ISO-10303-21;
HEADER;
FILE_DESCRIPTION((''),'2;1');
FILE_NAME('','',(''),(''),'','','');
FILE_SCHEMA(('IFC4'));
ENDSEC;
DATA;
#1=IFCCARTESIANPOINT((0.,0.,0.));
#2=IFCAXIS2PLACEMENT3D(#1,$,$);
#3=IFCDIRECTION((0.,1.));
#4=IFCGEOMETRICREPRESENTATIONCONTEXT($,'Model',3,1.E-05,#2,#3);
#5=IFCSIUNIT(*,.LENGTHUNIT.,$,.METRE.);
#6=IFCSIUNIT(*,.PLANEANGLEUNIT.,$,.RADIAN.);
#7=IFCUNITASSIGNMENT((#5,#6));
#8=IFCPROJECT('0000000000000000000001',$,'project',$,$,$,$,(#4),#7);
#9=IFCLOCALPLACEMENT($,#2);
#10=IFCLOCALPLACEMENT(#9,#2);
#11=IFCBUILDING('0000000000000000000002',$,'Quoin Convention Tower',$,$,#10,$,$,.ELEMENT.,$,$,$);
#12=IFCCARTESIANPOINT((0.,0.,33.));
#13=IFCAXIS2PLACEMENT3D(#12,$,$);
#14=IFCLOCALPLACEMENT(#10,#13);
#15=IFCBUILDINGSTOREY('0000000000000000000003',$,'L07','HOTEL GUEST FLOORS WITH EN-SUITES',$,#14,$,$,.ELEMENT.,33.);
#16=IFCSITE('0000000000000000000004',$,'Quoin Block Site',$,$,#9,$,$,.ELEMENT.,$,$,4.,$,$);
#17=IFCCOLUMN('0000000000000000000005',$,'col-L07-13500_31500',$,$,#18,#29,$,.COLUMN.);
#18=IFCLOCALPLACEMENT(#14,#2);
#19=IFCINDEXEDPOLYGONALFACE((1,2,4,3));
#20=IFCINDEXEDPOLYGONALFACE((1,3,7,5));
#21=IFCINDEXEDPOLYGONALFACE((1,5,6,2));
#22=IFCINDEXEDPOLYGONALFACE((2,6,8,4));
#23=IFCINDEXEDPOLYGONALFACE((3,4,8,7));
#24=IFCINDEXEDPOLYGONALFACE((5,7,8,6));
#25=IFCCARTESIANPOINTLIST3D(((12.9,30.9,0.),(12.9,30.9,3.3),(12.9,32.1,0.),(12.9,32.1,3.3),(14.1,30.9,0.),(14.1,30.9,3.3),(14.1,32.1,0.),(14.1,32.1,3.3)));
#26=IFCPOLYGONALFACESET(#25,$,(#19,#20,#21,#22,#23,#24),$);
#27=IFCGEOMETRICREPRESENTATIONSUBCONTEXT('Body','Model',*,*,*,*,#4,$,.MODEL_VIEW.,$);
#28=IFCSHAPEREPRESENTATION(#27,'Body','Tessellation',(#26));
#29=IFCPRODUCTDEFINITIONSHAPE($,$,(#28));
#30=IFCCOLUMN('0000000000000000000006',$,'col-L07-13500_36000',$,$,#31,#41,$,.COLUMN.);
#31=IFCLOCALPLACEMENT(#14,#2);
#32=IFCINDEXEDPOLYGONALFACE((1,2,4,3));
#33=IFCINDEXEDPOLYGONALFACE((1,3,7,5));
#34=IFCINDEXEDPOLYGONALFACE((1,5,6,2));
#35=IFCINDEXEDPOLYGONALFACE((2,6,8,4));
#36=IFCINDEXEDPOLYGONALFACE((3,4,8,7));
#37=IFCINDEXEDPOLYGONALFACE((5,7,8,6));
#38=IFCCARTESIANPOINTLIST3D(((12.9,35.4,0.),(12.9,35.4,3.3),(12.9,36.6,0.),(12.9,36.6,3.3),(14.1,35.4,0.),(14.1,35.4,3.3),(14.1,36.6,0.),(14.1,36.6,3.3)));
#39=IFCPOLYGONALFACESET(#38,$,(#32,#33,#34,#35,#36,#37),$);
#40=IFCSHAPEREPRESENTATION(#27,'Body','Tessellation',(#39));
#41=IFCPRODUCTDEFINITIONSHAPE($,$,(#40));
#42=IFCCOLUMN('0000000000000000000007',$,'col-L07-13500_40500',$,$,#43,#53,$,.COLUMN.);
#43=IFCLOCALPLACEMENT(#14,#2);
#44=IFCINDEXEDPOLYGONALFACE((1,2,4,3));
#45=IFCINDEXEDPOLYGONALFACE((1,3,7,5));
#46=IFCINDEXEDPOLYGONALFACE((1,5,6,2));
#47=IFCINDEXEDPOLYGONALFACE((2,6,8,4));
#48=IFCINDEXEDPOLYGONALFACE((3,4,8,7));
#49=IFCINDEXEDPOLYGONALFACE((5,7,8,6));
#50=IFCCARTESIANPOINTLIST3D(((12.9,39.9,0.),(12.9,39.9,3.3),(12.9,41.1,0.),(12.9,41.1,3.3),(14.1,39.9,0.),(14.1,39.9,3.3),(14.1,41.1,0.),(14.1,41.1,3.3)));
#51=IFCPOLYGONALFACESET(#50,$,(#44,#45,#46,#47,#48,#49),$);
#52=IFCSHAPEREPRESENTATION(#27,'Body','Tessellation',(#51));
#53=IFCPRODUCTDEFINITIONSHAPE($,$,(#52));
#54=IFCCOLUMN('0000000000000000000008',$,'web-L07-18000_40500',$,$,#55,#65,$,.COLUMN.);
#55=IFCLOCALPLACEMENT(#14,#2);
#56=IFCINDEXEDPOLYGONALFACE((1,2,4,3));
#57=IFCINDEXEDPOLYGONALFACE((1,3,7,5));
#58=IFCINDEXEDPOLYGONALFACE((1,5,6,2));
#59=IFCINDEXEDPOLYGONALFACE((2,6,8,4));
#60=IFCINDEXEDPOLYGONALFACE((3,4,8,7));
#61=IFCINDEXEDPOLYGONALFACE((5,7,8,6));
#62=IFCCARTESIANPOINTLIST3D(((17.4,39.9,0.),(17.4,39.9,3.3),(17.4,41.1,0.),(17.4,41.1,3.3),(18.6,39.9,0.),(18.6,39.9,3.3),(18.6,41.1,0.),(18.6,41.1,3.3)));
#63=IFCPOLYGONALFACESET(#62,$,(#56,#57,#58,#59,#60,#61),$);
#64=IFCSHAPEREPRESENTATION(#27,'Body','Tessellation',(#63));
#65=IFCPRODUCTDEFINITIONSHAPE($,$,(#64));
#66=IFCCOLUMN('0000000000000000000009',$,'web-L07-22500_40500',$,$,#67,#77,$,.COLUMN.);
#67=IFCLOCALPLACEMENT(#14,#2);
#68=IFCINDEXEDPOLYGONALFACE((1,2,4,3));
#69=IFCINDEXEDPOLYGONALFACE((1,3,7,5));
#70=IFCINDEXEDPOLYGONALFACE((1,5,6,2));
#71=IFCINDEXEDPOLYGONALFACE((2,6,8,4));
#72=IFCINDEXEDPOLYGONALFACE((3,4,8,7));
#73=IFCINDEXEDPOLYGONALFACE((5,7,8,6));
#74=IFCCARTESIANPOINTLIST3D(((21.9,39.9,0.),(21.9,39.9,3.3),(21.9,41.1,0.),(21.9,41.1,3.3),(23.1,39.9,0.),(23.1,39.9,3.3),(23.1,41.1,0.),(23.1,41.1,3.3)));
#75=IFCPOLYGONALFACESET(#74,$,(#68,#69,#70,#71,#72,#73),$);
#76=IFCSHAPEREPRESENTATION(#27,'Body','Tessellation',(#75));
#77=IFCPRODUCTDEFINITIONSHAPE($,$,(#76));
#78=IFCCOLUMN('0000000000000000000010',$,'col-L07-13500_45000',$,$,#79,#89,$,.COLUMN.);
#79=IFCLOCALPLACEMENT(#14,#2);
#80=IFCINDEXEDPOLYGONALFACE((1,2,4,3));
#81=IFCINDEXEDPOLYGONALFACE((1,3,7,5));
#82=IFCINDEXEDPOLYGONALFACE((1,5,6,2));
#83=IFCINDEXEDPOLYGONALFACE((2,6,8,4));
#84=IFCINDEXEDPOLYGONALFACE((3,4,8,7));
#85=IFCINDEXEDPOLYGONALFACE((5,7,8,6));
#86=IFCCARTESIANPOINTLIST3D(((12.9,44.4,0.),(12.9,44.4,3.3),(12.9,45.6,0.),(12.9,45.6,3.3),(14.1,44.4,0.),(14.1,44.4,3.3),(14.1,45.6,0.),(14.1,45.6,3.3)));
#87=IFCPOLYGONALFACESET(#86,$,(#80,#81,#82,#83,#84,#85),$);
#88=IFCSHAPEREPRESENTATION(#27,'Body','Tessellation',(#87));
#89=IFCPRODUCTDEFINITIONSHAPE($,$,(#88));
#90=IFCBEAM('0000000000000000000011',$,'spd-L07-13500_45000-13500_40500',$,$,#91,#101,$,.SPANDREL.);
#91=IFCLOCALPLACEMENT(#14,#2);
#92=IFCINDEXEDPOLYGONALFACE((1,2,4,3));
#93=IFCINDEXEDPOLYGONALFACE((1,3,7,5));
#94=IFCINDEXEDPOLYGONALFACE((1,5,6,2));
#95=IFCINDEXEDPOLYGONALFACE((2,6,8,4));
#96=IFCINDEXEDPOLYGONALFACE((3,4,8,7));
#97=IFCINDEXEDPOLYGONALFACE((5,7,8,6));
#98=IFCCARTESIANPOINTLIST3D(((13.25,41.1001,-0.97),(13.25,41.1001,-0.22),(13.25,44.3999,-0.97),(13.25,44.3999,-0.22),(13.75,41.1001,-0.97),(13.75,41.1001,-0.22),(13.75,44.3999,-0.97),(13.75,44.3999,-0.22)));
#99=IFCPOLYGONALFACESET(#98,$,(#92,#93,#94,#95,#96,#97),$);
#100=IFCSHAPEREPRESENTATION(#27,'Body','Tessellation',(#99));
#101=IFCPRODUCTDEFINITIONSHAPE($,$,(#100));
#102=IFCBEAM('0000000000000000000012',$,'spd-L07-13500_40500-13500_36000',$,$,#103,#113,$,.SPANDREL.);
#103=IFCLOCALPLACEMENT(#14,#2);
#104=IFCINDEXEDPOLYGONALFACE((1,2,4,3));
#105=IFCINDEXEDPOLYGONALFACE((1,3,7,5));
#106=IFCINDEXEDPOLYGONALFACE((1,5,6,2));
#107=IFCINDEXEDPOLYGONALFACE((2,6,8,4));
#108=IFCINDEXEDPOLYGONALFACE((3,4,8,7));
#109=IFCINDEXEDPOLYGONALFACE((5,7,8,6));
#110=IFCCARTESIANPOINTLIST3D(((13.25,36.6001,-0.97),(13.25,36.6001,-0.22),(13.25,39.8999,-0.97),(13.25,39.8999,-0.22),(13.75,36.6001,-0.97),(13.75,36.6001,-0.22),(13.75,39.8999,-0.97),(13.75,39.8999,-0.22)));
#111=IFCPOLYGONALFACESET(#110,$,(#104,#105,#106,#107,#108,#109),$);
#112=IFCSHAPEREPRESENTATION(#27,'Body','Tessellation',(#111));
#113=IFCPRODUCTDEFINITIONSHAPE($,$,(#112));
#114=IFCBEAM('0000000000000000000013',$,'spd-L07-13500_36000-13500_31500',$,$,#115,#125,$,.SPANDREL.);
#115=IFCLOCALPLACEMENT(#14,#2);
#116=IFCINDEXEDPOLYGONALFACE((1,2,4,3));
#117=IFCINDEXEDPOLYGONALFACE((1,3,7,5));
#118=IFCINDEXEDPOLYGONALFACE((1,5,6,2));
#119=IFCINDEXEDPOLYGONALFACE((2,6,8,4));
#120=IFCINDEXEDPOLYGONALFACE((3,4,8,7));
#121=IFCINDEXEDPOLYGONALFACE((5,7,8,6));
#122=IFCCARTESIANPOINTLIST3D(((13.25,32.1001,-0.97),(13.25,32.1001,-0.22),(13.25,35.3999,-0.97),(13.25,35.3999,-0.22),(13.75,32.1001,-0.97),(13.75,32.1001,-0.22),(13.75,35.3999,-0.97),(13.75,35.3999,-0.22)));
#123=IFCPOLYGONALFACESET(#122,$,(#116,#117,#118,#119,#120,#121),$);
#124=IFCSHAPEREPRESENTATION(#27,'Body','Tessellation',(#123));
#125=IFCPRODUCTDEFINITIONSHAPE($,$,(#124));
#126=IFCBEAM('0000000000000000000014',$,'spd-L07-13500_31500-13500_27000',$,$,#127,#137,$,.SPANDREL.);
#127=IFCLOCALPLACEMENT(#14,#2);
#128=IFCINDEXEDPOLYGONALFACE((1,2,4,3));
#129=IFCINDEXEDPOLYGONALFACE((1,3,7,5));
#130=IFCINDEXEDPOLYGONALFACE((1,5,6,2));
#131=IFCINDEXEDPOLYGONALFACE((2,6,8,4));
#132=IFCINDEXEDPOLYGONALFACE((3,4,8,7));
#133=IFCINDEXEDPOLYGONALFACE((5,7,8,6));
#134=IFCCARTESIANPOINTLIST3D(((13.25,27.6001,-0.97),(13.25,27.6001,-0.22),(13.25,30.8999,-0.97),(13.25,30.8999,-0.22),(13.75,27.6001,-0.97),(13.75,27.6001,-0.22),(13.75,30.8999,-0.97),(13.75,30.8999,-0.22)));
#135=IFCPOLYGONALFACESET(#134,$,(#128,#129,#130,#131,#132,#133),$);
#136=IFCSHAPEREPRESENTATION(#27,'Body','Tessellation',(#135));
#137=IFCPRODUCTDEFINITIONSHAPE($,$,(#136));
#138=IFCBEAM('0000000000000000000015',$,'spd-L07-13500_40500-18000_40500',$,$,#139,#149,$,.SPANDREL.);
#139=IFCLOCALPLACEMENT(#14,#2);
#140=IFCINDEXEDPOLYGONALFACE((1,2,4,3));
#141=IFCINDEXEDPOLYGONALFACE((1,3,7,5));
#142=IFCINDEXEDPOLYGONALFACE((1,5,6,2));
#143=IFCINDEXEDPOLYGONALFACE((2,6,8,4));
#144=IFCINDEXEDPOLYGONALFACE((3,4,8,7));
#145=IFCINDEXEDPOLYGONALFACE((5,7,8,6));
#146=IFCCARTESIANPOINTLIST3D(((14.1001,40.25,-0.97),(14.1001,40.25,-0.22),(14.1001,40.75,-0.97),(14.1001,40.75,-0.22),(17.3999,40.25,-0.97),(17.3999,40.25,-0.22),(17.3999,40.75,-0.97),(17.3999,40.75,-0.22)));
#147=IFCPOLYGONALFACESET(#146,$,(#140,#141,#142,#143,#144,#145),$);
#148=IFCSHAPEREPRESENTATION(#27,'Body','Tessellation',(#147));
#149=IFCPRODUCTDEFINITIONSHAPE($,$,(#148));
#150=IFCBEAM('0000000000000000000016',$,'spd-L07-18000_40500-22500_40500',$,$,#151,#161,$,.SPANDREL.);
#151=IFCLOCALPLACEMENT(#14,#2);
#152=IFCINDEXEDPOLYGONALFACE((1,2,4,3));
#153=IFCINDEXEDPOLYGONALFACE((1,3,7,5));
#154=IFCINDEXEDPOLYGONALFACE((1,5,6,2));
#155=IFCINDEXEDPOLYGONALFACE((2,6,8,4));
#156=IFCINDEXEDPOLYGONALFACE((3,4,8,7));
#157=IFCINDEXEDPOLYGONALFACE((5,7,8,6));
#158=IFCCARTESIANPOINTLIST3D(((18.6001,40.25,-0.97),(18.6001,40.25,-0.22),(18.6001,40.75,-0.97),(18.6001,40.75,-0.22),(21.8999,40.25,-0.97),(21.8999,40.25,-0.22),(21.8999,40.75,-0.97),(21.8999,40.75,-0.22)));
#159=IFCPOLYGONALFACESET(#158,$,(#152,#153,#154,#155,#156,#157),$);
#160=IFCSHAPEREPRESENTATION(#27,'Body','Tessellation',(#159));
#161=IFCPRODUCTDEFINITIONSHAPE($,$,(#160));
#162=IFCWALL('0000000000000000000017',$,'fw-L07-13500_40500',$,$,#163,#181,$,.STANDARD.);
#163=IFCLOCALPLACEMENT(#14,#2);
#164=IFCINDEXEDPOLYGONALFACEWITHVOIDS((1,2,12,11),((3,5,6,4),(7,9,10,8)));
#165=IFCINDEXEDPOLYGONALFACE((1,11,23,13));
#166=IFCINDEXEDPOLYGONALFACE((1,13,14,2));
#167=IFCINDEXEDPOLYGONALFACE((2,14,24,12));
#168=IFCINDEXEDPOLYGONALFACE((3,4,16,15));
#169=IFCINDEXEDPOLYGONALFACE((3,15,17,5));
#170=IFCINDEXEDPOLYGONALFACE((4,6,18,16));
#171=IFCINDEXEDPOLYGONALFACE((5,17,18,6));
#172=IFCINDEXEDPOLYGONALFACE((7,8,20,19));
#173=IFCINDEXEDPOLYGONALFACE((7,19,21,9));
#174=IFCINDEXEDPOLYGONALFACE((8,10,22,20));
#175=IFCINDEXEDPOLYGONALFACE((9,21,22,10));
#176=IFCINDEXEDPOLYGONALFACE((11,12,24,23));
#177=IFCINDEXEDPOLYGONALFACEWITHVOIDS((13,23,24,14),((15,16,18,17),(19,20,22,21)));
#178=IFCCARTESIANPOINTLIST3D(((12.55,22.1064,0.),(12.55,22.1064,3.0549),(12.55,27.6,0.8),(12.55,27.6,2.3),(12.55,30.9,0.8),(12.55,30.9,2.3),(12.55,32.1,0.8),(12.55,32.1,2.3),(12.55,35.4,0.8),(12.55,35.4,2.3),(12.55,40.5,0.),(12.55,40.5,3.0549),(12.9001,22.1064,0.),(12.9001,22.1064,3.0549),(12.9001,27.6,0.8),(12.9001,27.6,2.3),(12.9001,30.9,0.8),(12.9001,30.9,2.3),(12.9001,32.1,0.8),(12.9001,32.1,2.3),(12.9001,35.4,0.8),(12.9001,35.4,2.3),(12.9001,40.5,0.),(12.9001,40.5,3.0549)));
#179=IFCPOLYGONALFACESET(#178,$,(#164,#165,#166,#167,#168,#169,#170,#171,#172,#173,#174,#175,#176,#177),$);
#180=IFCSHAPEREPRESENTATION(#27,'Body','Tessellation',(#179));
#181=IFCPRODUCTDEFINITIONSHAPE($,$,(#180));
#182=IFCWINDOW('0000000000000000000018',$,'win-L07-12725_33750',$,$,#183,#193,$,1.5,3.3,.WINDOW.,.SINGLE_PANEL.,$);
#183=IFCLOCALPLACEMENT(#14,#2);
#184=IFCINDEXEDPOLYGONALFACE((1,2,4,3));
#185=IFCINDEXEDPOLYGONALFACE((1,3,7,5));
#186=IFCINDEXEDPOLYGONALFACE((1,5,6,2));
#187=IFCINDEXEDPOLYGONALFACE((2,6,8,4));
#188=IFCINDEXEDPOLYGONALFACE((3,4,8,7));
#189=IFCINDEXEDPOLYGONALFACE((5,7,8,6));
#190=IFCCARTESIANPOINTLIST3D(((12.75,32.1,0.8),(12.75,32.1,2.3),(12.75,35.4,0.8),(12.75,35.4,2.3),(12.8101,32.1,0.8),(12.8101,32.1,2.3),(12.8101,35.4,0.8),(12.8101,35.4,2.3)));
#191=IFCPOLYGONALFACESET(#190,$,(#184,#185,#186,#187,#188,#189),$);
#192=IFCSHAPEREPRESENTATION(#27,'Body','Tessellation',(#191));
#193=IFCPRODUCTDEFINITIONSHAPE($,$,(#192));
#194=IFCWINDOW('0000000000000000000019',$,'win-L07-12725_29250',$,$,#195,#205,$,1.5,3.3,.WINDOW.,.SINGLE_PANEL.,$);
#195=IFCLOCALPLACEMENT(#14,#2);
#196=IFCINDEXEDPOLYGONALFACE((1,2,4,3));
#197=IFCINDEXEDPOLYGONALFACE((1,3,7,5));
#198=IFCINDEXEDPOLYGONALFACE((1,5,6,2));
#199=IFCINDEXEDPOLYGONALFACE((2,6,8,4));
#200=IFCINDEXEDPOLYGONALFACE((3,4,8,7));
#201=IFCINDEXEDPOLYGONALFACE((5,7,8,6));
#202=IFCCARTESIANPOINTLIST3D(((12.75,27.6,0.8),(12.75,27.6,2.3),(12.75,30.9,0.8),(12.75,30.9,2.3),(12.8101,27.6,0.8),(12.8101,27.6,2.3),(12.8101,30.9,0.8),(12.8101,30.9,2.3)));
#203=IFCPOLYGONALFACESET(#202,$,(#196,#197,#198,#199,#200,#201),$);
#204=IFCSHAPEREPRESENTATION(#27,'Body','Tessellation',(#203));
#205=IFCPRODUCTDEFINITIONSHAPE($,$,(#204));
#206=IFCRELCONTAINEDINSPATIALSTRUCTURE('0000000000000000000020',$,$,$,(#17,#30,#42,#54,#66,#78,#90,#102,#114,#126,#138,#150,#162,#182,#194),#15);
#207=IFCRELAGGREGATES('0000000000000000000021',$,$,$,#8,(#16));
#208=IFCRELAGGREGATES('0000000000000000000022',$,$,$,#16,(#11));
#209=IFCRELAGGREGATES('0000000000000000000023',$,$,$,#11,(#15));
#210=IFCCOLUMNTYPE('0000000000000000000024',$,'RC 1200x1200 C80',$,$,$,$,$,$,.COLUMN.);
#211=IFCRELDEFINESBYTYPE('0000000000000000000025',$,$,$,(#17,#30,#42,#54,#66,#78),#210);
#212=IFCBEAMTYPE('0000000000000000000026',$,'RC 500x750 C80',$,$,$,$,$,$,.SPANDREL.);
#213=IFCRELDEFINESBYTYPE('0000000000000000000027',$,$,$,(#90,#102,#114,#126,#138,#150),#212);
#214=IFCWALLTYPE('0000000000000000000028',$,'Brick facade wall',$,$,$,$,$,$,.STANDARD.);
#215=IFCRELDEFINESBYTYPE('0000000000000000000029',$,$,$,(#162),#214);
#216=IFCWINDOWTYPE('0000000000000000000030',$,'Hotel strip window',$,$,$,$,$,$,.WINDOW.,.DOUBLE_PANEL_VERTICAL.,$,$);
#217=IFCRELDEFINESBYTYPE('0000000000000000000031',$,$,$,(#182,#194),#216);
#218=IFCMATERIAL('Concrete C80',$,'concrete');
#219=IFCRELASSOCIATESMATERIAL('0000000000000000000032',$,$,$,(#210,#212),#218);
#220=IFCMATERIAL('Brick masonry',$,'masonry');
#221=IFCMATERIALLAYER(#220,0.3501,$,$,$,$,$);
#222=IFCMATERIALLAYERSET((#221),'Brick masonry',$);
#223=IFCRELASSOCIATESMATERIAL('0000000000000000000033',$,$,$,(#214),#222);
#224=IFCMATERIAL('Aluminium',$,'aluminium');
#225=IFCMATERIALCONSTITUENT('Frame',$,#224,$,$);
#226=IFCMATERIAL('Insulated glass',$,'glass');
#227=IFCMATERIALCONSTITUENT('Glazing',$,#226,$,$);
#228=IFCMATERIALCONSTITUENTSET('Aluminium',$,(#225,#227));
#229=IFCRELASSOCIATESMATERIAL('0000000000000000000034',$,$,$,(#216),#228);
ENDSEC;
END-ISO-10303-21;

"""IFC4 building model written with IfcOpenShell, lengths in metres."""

from ifc_helpers import new_model, si_unit, direction, frame, frame_2d, origin, origin_2d, place, context, subcontext, project, spatial, rectangle, extrude, material, layer, layer_set, constituent, constituent_set, material_profile, profile_set, type_object, element, fill, save


model = new_model("IFC4")

# Units and contexts
model_context = context("Model", 3, precision=1e-05, world=origin(), true_north=direction((0.0, 1.0)))
body_context = subcontext(model_context, "Body", "Model", "MODEL_VIEW")
ifc_project = project(units=[si_unit("LENGTHUNIT", "METRE"), si_unit("PLANEANGLEUNIT", "RADIAN")], contexts=[model_context])

# Site, building, storey
site_placement = place(None, origin())
site = spatial("IfcSite", under=ifc_project, at=site_placement, Name="Quoin Block Site", CompositionType="ELEMENT", RefElevation=4.0)
building_placement = place(site_placement, origin())
building = spatial("IfcBuilding", under=site, at=building_placement, Name="Quoin Convention Tower", CompositionType="ELEMENT")
storey_placement = place(building_placement, frame((0.0, 0.0, 33.0)))
storey = spatial("IfcBuildingStorey", under=building, at=storey_placement, Name="L07", Description="HOTEL GUEST FLOORS WITH EN-SUITES", CompositionType="ELEMENT", Elevation=33.0)

# Columns
ifc_material_1 = material(Name="Concrete C80", Category="concrete")
ifc_material_profile_1 = material_profile(ifc_material_1, rectangle(XDim=1.2, YDim=1.2, at=origin_2d()), Name="RC 1200x1200")
ifc_profile_set_1 = profile_set([ifc_material_profile_1], Name="Concrete C80")
column_type = type_object("IfcColumnType", Name="RC 1200x1200 C80", PredefinedType="COLUMN", material=ifc_profile_set_1)
for number, where, z_axis, x_axis, name in (
    (1, (13.5, 31.5, 0.0), (0.0, 0.0, 1.0), (1.0, 0.0, 0.0), "col-L07-13500_31500"),
    (2, (13.5, 36.0, 0.0), (0.0, 0.0, 1.0), (1.0, 0.0, 0.0), "col-L07-13500_36000"),
    (3, (13.5, 40.5, 0.0), (0.0, 0.0, 1.0), (1.0, 0.0, 0.0), "col-L07-13500_40500"),
    (4, (18.0, 40.5, 0.0), (0.0, 0.0, 1.0), (1.0, 0.0, 0.0), "web-L07-18000_40500"),
    (5, (22.5, 40.5, 0.0), (0.0, 0.0, 1.0), (1.0, 0.0, 0.0), "web-L07-22500_40500"),
    (6, (13.5, 45.0, 0.0), (0.0, 0.0, 1.0), (1.0, 0.0, 0.0), "col-L07-13500_45000"),
):
    element("IfcColumn", number, at=place(storey_placement, frame(where, z_axis=z_axis, x_axis=x_axis)), inside=storey, type_object=column_type, Name=name, PredefinedType="COLUMN", context=body_context, shape_type="SweptSolid", body=[
        extrude(rectangle(XDim=1.2, YDim=1.2, at=origin_2d()), origin(), (0.0, 0.0, 1.0), 3.3),
    ])

# Beams
ifc_material_profile_2 = material_profile(ifc_material_1, rectangle(XDim=0.5, YDim=0.75, at=origin_2d()), Name="RC 500x750")
ifc_profile_set_2 = profile_set([ifc_material_profile_2], Name="Concrete C80")
beam_type = type_object("IfcBeamType", Name="RC 500x750 C80", PredefinedType="SPANDREL", material=ifc_profile_set_2)
for number, where, z_axis, x_axis, name in (
    (7, (13.5, 44.3999, -0.595), (0.0, -1.0, 0.0), (1.0, 0.0, 0.0), "spd-L07-13500_45000-13500_40500"),
    (8, (13.5, 39.8999, -0.595), (0.0, -1.0, 0.0), (1.0, 0.0, 0.0), "spd-L07-13500_40500-13500_36000"),
    (9, (13.5, 35.3999, -0.595), (0.0, -1.0, 0.0), (1.0, 0.0, 0.0), "spd-L07-13500_36000-13500_31500"),
    (10, (13.5, 30.8999, -0.595), (0.0, -1.0, 0.0), (1.0, 0.0, 0.0), "spd-L07-13500_31500-13500_27000"),
    (11, (14.1001, 40.5, -0.595), (1.0, 0.0, 0.0), (0.0, 1.0, 0.0), "spd-L07-13500_40500-18000_40500"),
    (12, (18.6001, 40.5, -0.595), (1.0, 0.0, 0.0), (0.0, 1.0, 0.0), "spd-L07-18000_40500-22500_40500"),
):
    element("IfcBeam", number, at=place(storey_placement, frame(where, z_axis=z_axis, x_axis=x_axis)), inside=storey, type_object=beam_type, Name=name, PredefinedType="SPANDREL", context=body_context, shape_type="SweptSolid", body=[
        extrude(rectangle(XDim=0.5, YDim=0.75, at=origin_2d()), origin(), (0.0, 0.0, 1.0), 3.2998),
    ])

# Wall, openings, windows
ifc_material_2 = material(Name="Brick masonry", Category="masonry")
ifc_layer_1 = layer(ifc_material_2, 0.3501)
ifc_layer_set_1 = layer_set([ifc_layer_1], Name="Brick masonry")
wall_type_1 = type_object("IfcWallType", Name="Brick facade wall", PredefinedType="STANDARD", material=ifc_layer_set_1)
wall_1_placement = place(storey_placement, frame((12.7251, 40.5, 0.0), z_axis=(0.0, 0.0, 1.0), x_axis=(0.0, -1.0, 0.0)))
wall_1 = element("IfcWall", 13, at=wall_1_placement, inside=storey, type_object=wall_type_1, Name="fw-L07-13500_40500", PredefinedType="STANDARD", context=body_context, shape_type="SweptSolid", body=[
    extrude(rectangle(XDim=18.3936, YDim=0.3501, at=frame_2d((9.1968, 0.0))), origin(), (0.0, 0.0, 1.0), 3.0549),
])
opening_1_placement = place(wall_1_placement, frame((5.1001, 0.0, 0.8)))
opening_1 = element("IfcOpeningElement", 14, at=opening_1_placement, cuts=wall_1, PredefinedType="OPENING", context=body_context, shape_type="SweptSolid", body=[
    extrude(rectangle(XDim=3.3, YDim=1.5, at=frame_2d((1.6499, 0.75))), frame((0.0, 0.1851, 0.0), z_axis=(0.0, -1.0, 0.0), x_axis=(1.0, 0.0, 0.0)), (0.0, 0.0, 1.0), 0.3701),
])
opening_2_placement = place(wall_1_placement, frame((9.6001, 0.0, 0.8)))
opening_2 = element("IfcOpeningElement", 15, at=opening_2_placement, cuts=wall_1, PredefinedType="OPENING", context=body_context, shape_type="SweptSolid", body=[
    extrude(rectangle(XDim=3.3, YDim=1.5, at=frame_2d((1.6499, 0.75))), frame((0.0, 0.1851, 0.0), z_axis=(0.0, -1.0, 0.0), x_axis=(1.0, 0.0, 0.0)), (0.0, 0.0, 1.0), 0.3701),
])
ifc_material_3 = material(Name="Aluminium", Category="aluminium")
ifc_constituent_1 = constituent(ifc_material_3, Name="Frame")
ifc_material_4 = material(Name="Insulated glass", Category="glass")
ifc_constituent_2 = constituent(ifc_material_4, Name="Glazing")
ifc_constituent_set = constituent_set(constituents=[ifc_constituent_1, ifc_constituent_2], Name="Aluminium")
window_type = type_object("IfcWindowType", Name="Hotel strip window", PartitioningType="DOUBLE_PANEL_VERTICAL", PredefinedType="WINDOW", material=ifc_constituent_set)
window_1_placement = place(opening_1_placement, origin())
window_1 = element("IfcWindow", 16, at=window_1_placement, inside=storey, type_object=window_type, Name="win-L07-12725_33750", OverallHeight=1.5, OverallWidth=3.3, PartitioningType="SINGLE_PANEL", PredefinedType="WINDOW", context=body_context, shape_type="SweptSolid", body=[
    extrude(rectangle(XDim=3.3, YDim=1.5, at=frame_2d((1.6499, 0.75))), frame((0.0, 0.085, 0.0), z_axis=(0.0, -1.0, 0.0), x_axis=(1.0, 0.0, 0.0)), (0.0, 0.0, 1.0), 0.0601),
])
fill(opening_1, window_1)
window_2_placement = place(opening_2_placement, origin())
window_2 = element("IfcWindow", 17, at=window_2_placement, inside=storey, type_object=window_type, Name="win-L07-12725_29250", OverallHeight=1.5, OverallWidth=3.3, PartitioningType="SINGLE_PANEL", PredefinedType="WINDOW", context=body_context, shape_type="SweptSolid", body=[
    extrude(rectangle(XDim=3.3, YDim=1.5, at=frame_2d((1.6499, 0.75))), frame((0.0, 0.085, 0.0), z_axis=(0.0, -1.0, 0.0), x_axis=(1.0, 0.0, 0.0)), (0.0, 0.0, 1.0), 0.0601),
])
fill(opening_2, window_2)

save(model, "model.ifc")
